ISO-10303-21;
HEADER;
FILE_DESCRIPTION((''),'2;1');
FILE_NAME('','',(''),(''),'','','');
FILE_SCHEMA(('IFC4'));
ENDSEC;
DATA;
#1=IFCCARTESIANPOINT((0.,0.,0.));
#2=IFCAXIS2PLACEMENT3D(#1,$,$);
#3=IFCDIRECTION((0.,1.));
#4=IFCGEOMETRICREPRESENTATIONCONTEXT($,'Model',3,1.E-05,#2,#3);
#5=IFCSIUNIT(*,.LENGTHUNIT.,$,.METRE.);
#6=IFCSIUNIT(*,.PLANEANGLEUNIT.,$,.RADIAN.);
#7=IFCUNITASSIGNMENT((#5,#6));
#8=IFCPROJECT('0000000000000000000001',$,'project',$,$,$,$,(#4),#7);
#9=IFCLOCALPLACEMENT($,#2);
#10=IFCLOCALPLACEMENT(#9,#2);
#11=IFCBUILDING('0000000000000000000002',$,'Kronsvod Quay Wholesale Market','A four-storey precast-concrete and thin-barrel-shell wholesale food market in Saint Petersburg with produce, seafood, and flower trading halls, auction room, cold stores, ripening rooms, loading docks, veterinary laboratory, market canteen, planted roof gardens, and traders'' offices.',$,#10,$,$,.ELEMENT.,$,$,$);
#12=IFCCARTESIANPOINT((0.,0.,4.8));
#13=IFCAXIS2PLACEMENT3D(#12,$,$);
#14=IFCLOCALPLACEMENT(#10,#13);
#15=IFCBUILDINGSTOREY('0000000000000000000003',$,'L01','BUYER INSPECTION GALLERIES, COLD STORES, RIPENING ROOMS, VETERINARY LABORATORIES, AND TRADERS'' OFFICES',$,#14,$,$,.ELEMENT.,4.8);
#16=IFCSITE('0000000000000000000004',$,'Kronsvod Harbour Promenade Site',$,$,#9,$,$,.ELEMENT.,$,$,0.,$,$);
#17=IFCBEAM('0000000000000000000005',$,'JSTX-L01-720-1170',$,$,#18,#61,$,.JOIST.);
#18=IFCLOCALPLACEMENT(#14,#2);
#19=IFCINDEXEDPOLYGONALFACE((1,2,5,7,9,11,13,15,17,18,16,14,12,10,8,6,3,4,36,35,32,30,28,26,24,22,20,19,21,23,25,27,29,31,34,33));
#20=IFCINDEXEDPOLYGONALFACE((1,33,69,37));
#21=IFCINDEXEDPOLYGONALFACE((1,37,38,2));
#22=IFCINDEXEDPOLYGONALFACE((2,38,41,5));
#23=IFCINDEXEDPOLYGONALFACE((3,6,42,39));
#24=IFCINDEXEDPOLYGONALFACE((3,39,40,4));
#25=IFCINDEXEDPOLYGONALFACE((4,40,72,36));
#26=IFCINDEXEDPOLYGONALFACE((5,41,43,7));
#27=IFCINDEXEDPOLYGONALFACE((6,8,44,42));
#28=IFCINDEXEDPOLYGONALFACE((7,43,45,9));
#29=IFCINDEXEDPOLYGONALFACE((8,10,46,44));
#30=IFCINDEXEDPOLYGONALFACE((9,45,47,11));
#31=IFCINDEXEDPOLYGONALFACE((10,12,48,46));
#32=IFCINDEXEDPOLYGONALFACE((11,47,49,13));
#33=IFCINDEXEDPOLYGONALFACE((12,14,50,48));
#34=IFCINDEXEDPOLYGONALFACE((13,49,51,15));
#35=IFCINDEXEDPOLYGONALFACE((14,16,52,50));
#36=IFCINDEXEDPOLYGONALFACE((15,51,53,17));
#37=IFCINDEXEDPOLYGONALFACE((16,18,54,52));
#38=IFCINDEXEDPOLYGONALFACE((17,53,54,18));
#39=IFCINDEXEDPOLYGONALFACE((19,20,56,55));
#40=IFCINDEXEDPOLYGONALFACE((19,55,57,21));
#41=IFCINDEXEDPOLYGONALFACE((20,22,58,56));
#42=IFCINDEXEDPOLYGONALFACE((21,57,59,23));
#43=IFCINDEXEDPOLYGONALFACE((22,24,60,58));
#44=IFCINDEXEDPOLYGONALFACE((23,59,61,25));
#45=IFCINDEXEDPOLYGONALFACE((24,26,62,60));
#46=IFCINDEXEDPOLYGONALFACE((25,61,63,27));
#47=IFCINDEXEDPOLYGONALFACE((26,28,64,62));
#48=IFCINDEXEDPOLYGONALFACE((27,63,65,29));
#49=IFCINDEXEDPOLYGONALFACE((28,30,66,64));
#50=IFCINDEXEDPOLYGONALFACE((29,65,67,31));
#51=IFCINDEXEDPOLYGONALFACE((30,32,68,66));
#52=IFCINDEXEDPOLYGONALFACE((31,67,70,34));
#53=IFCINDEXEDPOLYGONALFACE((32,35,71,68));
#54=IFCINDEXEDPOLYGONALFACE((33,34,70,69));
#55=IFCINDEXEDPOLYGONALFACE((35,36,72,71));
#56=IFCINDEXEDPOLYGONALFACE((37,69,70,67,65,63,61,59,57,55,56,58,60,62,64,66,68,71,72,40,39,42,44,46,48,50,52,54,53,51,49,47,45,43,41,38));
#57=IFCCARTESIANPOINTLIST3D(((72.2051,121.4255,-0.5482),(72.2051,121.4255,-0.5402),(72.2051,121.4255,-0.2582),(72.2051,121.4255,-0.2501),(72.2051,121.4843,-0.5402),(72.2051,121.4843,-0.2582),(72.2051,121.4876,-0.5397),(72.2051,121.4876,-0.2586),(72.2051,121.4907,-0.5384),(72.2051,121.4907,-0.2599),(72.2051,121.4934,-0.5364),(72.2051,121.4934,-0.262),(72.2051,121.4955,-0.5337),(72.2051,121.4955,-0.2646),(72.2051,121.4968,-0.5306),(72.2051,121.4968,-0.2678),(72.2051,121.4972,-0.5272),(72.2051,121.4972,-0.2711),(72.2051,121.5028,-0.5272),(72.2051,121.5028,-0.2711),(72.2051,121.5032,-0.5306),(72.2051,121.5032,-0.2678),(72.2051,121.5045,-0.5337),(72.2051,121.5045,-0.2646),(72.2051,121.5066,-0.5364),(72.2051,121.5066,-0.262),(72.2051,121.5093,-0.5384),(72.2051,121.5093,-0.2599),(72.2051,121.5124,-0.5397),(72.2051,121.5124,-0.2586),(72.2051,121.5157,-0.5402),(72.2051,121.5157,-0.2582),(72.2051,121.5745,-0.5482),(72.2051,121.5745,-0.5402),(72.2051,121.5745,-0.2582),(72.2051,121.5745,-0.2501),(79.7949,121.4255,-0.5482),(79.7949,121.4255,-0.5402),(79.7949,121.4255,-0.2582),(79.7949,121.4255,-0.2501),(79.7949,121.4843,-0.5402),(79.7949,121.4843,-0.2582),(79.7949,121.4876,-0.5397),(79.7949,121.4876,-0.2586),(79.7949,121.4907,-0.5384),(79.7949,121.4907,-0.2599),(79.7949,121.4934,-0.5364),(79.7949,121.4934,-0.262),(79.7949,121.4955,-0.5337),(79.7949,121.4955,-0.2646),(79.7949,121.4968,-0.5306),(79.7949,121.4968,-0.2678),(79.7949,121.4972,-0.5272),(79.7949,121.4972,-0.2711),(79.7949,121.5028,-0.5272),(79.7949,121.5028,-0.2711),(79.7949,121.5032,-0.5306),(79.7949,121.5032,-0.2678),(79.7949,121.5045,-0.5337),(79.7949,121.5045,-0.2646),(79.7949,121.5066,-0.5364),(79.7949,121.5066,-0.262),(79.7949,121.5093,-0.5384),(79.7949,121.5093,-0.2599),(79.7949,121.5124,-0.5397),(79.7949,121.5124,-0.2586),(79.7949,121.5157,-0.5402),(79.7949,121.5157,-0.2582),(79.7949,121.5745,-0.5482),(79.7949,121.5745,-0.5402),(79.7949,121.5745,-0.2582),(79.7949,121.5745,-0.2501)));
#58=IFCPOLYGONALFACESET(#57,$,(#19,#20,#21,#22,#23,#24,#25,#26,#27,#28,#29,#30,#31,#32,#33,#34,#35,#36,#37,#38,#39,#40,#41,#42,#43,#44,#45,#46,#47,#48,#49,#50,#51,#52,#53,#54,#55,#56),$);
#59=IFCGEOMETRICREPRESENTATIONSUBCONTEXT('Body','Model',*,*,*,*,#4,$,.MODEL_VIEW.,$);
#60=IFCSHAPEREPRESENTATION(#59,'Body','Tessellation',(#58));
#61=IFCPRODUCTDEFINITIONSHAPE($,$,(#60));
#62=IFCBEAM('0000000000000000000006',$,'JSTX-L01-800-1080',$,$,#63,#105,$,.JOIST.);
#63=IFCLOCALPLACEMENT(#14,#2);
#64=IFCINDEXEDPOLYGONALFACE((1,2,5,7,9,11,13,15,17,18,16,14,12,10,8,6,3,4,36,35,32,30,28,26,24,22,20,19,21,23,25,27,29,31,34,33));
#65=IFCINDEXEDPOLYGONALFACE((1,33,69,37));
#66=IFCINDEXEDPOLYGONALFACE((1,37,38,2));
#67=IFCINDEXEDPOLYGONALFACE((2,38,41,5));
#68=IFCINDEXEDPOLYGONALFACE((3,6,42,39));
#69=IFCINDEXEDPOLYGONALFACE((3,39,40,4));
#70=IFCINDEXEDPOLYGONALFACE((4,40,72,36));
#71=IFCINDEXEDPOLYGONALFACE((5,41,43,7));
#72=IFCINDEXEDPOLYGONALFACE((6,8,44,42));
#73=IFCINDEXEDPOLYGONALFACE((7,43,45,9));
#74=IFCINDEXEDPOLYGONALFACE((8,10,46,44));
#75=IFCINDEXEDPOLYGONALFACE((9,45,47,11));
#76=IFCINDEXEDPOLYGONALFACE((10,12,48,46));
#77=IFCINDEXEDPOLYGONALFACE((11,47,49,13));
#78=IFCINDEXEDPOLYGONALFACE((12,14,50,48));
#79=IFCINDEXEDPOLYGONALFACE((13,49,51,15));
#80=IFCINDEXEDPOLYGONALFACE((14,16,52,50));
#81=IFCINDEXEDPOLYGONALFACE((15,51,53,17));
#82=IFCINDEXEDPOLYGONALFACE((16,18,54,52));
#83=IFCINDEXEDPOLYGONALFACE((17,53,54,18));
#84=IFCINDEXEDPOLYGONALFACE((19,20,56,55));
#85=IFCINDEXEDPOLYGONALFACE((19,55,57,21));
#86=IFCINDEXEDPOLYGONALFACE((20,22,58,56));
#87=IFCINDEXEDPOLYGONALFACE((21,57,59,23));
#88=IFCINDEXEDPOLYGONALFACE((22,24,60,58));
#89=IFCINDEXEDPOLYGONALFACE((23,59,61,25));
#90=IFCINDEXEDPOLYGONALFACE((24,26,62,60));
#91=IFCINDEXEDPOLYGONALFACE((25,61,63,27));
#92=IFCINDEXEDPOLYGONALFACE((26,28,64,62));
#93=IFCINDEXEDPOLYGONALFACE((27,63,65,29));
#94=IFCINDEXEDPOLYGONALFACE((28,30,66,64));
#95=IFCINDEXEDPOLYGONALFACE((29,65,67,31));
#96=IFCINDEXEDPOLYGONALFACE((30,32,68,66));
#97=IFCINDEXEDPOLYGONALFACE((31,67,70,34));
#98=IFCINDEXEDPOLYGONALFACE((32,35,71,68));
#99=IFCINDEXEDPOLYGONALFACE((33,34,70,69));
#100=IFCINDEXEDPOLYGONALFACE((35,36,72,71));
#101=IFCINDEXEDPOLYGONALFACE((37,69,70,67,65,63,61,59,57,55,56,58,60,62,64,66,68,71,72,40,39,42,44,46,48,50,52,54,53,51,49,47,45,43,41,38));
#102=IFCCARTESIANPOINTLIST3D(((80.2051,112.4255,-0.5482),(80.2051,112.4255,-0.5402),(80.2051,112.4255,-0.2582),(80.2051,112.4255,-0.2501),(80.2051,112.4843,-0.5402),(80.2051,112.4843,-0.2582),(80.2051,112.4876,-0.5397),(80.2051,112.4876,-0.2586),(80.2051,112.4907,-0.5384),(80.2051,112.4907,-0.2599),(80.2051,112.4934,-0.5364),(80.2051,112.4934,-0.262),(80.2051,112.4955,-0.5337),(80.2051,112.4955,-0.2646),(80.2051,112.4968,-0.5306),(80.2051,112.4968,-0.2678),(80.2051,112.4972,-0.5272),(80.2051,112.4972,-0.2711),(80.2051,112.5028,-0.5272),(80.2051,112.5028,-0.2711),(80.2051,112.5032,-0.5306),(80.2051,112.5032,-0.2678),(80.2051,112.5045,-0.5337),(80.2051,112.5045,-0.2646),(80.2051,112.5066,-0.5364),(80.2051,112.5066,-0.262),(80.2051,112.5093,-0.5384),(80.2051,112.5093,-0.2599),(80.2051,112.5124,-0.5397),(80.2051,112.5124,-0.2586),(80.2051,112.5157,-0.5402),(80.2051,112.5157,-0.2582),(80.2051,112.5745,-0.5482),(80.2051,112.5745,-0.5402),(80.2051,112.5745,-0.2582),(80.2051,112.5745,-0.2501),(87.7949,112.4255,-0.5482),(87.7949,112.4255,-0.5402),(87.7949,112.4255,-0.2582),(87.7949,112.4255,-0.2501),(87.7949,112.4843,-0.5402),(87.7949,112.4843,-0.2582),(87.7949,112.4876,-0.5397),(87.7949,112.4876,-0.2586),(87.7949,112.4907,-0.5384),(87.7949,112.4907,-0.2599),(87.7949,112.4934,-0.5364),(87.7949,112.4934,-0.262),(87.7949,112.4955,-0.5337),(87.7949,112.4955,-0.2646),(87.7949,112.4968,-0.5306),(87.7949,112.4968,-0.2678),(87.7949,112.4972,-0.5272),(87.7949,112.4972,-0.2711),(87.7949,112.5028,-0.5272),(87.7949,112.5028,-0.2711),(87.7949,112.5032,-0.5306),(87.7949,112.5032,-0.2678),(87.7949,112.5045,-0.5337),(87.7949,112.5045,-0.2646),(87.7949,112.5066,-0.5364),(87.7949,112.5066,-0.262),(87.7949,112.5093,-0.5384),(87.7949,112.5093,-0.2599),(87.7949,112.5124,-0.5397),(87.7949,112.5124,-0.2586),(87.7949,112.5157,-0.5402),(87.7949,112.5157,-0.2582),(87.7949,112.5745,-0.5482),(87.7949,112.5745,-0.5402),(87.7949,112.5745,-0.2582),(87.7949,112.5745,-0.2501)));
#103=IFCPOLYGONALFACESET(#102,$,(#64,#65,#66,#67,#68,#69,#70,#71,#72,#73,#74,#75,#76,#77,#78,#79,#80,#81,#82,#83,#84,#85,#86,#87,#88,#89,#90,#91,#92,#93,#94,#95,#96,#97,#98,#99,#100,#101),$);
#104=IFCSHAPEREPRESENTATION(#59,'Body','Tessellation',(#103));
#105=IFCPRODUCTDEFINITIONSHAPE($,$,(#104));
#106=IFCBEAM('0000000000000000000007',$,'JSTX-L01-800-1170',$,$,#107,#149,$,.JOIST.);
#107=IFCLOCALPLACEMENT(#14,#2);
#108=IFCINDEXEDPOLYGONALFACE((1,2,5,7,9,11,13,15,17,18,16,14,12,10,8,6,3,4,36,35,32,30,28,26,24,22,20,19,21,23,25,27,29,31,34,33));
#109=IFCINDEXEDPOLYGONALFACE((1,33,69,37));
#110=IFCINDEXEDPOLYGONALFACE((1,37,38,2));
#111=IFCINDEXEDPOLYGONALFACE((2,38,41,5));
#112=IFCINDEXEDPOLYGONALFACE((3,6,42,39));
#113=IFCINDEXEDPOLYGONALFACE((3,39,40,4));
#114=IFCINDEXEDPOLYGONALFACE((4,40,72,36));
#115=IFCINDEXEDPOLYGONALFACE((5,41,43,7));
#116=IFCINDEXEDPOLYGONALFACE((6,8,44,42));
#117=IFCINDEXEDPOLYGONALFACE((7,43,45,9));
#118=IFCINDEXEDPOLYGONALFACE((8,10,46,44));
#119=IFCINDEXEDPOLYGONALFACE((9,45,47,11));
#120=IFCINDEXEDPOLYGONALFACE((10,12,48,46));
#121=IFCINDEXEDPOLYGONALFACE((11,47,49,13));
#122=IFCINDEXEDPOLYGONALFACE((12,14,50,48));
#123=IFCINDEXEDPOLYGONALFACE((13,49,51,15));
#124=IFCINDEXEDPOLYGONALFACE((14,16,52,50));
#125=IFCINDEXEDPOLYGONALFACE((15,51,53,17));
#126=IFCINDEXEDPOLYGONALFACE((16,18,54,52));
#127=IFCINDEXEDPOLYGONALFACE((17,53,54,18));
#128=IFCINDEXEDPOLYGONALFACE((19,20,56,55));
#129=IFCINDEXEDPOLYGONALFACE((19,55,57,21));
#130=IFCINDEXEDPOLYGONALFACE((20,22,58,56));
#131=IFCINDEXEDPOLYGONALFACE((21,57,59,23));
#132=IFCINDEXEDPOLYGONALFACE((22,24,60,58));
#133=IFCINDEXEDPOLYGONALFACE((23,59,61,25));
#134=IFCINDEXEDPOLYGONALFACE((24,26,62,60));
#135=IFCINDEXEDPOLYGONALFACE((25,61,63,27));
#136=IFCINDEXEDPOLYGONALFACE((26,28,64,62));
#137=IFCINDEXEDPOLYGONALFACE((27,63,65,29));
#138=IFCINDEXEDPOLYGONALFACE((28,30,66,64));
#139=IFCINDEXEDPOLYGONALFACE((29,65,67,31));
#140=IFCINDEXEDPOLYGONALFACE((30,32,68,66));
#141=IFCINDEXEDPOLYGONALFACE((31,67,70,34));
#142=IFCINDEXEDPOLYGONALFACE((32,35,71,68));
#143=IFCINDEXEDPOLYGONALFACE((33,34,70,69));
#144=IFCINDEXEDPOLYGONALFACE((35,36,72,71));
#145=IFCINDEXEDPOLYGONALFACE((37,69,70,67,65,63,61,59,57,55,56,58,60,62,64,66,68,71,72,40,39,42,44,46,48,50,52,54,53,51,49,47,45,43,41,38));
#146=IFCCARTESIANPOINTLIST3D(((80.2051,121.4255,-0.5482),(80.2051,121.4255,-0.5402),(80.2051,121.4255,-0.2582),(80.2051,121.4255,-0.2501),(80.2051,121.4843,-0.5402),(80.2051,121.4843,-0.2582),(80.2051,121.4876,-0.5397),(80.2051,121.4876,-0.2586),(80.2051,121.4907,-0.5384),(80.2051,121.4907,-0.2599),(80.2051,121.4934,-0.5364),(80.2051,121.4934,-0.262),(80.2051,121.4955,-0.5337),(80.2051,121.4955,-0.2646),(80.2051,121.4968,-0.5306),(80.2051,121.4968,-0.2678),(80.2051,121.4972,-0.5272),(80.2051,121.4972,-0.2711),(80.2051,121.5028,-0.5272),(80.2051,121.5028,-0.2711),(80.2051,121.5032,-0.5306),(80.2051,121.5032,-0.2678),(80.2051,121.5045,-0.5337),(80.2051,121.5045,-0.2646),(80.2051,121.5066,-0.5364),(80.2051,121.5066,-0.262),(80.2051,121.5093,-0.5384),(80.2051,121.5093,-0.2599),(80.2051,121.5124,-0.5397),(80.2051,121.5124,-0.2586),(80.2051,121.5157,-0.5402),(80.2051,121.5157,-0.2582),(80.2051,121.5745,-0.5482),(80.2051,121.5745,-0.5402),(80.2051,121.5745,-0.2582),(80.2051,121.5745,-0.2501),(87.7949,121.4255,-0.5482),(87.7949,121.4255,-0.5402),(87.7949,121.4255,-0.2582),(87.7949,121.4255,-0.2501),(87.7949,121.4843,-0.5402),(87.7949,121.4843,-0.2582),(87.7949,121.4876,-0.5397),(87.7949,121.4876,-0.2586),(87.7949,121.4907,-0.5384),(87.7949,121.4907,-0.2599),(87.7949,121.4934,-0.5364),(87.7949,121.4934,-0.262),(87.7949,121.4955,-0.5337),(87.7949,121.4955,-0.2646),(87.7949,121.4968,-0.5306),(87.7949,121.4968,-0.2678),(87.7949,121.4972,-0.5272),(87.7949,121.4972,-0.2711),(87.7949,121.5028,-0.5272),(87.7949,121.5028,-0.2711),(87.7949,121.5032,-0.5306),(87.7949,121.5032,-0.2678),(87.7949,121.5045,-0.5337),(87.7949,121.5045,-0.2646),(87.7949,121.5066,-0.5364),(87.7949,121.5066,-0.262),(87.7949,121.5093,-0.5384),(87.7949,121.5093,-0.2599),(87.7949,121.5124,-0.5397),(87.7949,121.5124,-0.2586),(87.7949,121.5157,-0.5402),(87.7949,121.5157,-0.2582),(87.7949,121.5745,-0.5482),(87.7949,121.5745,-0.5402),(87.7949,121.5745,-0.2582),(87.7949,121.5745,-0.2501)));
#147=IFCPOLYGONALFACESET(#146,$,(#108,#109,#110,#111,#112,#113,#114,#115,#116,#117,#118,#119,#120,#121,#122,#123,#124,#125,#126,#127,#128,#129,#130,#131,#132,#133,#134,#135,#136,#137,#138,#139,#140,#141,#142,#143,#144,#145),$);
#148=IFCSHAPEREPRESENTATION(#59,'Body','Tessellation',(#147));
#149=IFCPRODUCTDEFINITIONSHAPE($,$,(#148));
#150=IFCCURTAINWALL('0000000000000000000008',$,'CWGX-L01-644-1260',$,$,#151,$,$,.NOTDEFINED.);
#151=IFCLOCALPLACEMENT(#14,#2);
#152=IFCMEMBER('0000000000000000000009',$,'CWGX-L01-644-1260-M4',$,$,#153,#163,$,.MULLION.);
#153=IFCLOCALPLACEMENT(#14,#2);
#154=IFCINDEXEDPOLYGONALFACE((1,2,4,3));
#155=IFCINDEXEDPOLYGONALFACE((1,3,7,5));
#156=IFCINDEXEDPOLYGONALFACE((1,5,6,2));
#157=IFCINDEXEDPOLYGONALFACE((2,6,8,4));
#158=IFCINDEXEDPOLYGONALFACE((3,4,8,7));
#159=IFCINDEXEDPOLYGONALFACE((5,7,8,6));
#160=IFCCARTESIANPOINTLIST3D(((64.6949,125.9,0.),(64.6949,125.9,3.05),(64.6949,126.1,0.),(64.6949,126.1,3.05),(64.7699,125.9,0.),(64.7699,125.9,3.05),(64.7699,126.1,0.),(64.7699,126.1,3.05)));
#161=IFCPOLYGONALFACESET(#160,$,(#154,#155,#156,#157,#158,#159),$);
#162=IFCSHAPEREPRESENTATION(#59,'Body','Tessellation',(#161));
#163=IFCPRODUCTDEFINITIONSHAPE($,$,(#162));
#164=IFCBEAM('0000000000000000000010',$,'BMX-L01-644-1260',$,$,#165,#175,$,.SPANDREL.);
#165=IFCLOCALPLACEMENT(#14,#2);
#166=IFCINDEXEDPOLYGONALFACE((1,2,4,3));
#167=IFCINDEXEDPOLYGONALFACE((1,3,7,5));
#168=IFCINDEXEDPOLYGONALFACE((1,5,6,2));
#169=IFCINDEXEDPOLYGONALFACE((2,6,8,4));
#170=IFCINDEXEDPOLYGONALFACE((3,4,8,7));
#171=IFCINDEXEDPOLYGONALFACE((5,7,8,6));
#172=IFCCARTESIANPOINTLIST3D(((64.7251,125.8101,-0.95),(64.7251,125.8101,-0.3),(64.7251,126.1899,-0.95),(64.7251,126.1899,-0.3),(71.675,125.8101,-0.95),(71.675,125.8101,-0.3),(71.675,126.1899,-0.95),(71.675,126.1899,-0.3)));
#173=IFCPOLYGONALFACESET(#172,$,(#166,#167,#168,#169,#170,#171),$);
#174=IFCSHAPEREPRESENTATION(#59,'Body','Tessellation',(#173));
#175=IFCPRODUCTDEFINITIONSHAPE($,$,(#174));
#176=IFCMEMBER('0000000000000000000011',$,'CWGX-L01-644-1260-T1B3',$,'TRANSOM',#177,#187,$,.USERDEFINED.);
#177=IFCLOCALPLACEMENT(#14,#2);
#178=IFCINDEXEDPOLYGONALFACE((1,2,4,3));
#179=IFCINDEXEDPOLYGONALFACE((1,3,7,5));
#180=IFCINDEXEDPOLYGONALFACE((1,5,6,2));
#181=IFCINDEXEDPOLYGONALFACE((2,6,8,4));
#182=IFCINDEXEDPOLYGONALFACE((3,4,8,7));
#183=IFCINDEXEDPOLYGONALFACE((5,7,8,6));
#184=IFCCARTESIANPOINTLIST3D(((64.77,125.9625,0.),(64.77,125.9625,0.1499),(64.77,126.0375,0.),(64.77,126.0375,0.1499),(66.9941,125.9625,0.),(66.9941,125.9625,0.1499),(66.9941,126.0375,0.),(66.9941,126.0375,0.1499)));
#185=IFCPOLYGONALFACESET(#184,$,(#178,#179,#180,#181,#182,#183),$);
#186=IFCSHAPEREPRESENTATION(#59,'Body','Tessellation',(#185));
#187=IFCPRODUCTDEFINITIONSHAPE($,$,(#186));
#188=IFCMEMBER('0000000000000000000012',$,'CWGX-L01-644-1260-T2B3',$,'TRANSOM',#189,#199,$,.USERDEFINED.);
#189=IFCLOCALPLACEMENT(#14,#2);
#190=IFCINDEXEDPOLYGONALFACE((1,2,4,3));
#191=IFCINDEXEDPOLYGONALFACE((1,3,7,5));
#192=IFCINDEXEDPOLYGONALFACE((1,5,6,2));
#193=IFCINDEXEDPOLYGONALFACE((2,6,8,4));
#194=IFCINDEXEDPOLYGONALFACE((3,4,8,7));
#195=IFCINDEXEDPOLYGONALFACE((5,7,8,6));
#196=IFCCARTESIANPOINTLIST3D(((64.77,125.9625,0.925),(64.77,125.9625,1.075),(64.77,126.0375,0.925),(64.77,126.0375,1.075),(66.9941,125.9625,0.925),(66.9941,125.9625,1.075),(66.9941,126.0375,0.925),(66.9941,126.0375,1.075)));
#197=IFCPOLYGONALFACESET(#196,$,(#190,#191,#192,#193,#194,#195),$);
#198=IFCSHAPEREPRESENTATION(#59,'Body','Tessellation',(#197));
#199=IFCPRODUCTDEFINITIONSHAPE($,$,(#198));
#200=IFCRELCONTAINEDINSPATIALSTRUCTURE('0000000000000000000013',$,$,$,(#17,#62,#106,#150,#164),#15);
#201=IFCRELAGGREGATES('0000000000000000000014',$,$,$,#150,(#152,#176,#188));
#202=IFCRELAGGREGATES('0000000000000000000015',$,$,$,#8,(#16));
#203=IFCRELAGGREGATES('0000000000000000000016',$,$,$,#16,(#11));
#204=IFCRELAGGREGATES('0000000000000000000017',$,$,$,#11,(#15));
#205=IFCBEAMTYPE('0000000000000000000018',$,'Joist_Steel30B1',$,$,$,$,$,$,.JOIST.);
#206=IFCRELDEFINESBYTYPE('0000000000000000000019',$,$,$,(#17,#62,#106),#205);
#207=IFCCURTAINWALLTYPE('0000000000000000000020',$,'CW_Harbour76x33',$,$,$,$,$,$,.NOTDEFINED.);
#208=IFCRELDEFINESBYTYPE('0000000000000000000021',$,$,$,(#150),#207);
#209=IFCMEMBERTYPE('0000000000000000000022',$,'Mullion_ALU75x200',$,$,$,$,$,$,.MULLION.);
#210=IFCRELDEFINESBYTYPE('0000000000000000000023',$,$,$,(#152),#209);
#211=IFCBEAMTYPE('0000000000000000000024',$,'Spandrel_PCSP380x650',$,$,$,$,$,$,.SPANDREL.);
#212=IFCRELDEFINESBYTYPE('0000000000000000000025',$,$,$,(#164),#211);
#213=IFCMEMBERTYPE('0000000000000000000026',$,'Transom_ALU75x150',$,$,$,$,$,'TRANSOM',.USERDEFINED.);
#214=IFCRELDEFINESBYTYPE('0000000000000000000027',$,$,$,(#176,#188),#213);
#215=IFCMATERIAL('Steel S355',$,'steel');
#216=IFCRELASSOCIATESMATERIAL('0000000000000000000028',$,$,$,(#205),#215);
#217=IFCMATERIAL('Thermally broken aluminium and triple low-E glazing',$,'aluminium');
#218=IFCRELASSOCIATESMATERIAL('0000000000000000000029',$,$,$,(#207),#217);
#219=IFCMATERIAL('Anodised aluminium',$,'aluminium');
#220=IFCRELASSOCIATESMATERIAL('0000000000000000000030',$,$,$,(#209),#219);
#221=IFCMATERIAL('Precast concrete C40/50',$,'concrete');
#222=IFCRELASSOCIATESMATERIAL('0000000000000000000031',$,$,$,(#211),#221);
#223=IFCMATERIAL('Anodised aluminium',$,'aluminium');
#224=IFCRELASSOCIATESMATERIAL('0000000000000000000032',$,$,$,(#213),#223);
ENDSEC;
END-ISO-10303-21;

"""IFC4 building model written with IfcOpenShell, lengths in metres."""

from ifc_helpers import new_model, si_unit, direction, frame, origin, origin_2d, place, context, subcontext, project, spatial, rectangle, i_section, extrude, material, material_profile, profile_set, type_object, element, aggregate, save


model = new_model("IFC4")

# Units and contexts
model_context = context("Model", 3, precision=1e-05, world=origin(), true_north=direction((0.0, 1.0)))
body_context = subcontext(model_context, "Body", "Model", "MODEL_VIEW")
ifc_project = project(units=[si_unit("LENGTHUNIT", "METRE"), si_unit("PLANEANGLEUNIT", "RADIAN")], contexts=[model_context])

# Site, building, storey
site_placement = place(None, origin())
site = spatial("IfcSite", under=ifc_project, at=site_placement, Name="Kronsvod Harbour Promenade Site", CompositionType="ELEMENT", RefElevation=0.0)
building_placement = place(site_placement, origin())
building = spatial("IfcBuilding", under=site, at=building_placement, Name="Kronsvod Quay Wholesale Market", Description="A four-storey precast-concrete and thin-barrel-shell wholesale food market in Saint Petersburg with produce, seafood, and flower trading halls, auction room, cold stores, ripening rooms, loading docks, veterinary laboratory, market canteen, planted roof gardens, and traders' offices.", CompositionType="ELEMENT")
storey_placement = place(building_placement, frame((0.0, 0.0, 4.8)))
storey = spatial("IfcBuildingStorey", under=building, at=storey_placement, Name="L01", Description="BUYER INSPECTION GALLERIES, COLD STORES, RIPENING ROOMS, VETERINARY LABORATORIES, AND TRADERS' OFFICES", CompositionType="ELEMENT", Elevation=4.8)

# Beams
ifc_material_1 = material(Name="Steel S355", Category="steel")
ifc_material_profile_1 = material_profile(ifc_material_1, i_section(OverallWidth=0.1489, OverallDepth=0.2981, WebThickness=0.0056, FlangeThickness=0.0081, FilletRadius=0.0129, at=origin_2d()), Name="30B1")
ifc_profile_set_1 = profile_set([ifc_material_profile_1], Name="Steel S355")
beam_type_1 = type_object("IfcBeamType", Name="Joist_Steel30B1", PredefinedType="JOIST", material=ifc_profile_set_1)
for number, where, z_axis, x_axis, name in (
    (1, (72.2051, 121.5, -0.3992), (1.0, 0.0, 0.0), (0.0, 1.0, 0.0), "JSTX-L01-720-1170"),
    (2, (80.2051, 112.5, -0.3992), (1.0, 0.0, 0.0), (0.0, 1.0, 0.0), "JSTX-L01-800-1080"),
    (3, (80.2051, 121.5, -0.3992), (1.0, 0.0, 0.0), (0.0, 1.0, 0.0), "JSTX-L01-800-1170"),
):
    element("IfcBeam", number, at=place(storey_placement, frame(where, z_axis=z_axis, x_axis=x_axis)), inside=storey, type_object=beam_type_1, Name=name, PredefinedType="JOIST", context=body_context, shape_type="SweptSolid", body=[
        extrude(i_section(OverallWidth=0.1489, OverallDepth=0.2981, WebThickness=0.0056, FlangeThickness=0.0081, FilletRadius=0.0129, at=origin_2d()), origin(), (0.0, 0.0, 1.0), 7.5898),
    ])

# Curtain wall, member
ifc_material_2 = material(Name="Thermally broken aluminium and triple low-E glazing", Category="aluminium")
curtain_wall_type = type_object("IfcCurtainWallType", Name="CW_Harbour76x33", PredefinedType="NOTDEFINED", material=ifc_material_2)
curtain_wall_placement = place(storey_placement, origin())
curtain_wall = element("IfcCurtainWall", 4, at=curtain_wall_placement, inside=storey, type_object=curtain_wall_type, Name="CWGX-L01-644-1260", PredefinedType="NOTDEFINED")
ifc_material_3 = material(Name="Anodised aluminium", Category="aluminium")
ifc_material_profile_2 = material_profile(ifc_material_3, rectangle(XDim=0.075, YDim=0.2, at=origin_2d()), Name="ALUM75x200")
ifc_profile_set_2 = profile_set([ifc_material_profile_2], Name="Anodised aluminium")
member_type_1 = type_object("IfcMemberType", Name="Mullion_ALU75x200", PredefinedType="MULLION", material=ifc_profile_set_2)
member_1_placement = place(storey_placement, frame((64.7324, 126.0, 0.0), z_axis=(0.0, 0.0, 1.0), x_axis=(1.0, 0.0, 0.0)))
member_1 = element("IfcMember", 5, at=member_1_placement, type_object=member_type_1, Name="CWGX-L01-644-1260-M4", PredefinedType="MULLION", context=body_context, shape_type="SweptSolid", body=[
    extrude(rectangle(XDim=0.075, YDim=0.2, at=origin_2d()), origin(), (0.0, 0.0, 1.0), 3.05),
])

# Beam
ifc_material_4 = material(Name="Precast concrete C40/50", Category="concrete")
ifc_material_profile_3 = material_profile(ifc_material_4, rectangle(XDim=0.3799, YDim=0.6499, at=origin_2d()), Name="SPB-03")
ifc_profile_set_3 = profile_set([ifc_material_profile_3], Name="Precast concrete C40/50")
beam_type_2 = type_object("IfcBeamType", Name="Spandrel_PCSP380x650", PredefinedType="SPANDREL", material=ifc_profile_set_3)
beam_1_placement = place(storey_placement, frame((64.7251, 126.0, -0.625), z_axis=(1.0, 0.0, 0.0), x_axis=(0.0, 1.0, 0.0)))
element("IfcBeam", 6, at=beam_1_placement, inside=storey, type_object=beam_type_2, Name="BMX-L01-644-1260", PredefinedType="SPANDREL", context=body_context, shape_type="SweptSolid", body=[
    extrude(rectangle(XDim=0.3799, YDim=0.6499, at=origin_2d()), origin(), (0.0, 0.0, 1.0), 6.95),
])

# Members
ifc_material_5 = material(Name="Anodised aluminium", Category="aluminium")
ifc_material_profile_4 = material_profile(ifc_material_5, rectangle(XDim=0.075, YDim=0.1499, at=origin_2d()), Name="ALUT75x150")
ifc_profile_set_4 = profile_set([ifc_material_profile_4], Name="Anodised aluminium")
member_type_2 = type_object("IfcMemberType", Name="Transom_ALU75x150", ElementType="TRANSOM", PredefinedType="USERDEFINED", material=ifc_profile_set_4)
member_2_placement = place(storey_placement, frame((66.9941, 126.0, 0.075), z_axis=(-1.0, 0.0, 0.0), x_axis=(0.0, -1.0, 0.0)))
member_2 = element("IfcMember", 7, at=member_2_placement, type_object=member_type_2, Name="CWGX-L01-644-1260-T1B3", ObjectType="TRANSOM", PredefinedType="USERDEFINED", context=body_context, shape_type="SweptSolid", body=[
    extrude(rectangle(XDim=0.075, YDim=0.1499, at=origin_2d()), origin(), (0.0, 0.0, 1.0), 2.2241),
])
member_3_placement = place(storey_placement, frame((66.9941, 126.0, 1.0), z_axis=(-1.0, 0.0, 0.0), x_axis=(0.0, -1.0, 0.0)))
member_3 = element("IfcMember", 8, at=member_3_placement, type_object=member_type_2, Name="CWGX-L01-644-1260-T2B3", ObjectType="TRANSOM", PredefinedType="USERDEFINED", context=body_context, shape_type="SweptSolid", body=[
    extrude(rectangle(XDim=0.075, YDim=0.1499, at=origin_2d()), origin(), (0.0, 0.0, 1.0), 2.2241),
])

aggregate(curtain_wall, [member_1, member_2, member_3])

save(model, "model.ifc")
